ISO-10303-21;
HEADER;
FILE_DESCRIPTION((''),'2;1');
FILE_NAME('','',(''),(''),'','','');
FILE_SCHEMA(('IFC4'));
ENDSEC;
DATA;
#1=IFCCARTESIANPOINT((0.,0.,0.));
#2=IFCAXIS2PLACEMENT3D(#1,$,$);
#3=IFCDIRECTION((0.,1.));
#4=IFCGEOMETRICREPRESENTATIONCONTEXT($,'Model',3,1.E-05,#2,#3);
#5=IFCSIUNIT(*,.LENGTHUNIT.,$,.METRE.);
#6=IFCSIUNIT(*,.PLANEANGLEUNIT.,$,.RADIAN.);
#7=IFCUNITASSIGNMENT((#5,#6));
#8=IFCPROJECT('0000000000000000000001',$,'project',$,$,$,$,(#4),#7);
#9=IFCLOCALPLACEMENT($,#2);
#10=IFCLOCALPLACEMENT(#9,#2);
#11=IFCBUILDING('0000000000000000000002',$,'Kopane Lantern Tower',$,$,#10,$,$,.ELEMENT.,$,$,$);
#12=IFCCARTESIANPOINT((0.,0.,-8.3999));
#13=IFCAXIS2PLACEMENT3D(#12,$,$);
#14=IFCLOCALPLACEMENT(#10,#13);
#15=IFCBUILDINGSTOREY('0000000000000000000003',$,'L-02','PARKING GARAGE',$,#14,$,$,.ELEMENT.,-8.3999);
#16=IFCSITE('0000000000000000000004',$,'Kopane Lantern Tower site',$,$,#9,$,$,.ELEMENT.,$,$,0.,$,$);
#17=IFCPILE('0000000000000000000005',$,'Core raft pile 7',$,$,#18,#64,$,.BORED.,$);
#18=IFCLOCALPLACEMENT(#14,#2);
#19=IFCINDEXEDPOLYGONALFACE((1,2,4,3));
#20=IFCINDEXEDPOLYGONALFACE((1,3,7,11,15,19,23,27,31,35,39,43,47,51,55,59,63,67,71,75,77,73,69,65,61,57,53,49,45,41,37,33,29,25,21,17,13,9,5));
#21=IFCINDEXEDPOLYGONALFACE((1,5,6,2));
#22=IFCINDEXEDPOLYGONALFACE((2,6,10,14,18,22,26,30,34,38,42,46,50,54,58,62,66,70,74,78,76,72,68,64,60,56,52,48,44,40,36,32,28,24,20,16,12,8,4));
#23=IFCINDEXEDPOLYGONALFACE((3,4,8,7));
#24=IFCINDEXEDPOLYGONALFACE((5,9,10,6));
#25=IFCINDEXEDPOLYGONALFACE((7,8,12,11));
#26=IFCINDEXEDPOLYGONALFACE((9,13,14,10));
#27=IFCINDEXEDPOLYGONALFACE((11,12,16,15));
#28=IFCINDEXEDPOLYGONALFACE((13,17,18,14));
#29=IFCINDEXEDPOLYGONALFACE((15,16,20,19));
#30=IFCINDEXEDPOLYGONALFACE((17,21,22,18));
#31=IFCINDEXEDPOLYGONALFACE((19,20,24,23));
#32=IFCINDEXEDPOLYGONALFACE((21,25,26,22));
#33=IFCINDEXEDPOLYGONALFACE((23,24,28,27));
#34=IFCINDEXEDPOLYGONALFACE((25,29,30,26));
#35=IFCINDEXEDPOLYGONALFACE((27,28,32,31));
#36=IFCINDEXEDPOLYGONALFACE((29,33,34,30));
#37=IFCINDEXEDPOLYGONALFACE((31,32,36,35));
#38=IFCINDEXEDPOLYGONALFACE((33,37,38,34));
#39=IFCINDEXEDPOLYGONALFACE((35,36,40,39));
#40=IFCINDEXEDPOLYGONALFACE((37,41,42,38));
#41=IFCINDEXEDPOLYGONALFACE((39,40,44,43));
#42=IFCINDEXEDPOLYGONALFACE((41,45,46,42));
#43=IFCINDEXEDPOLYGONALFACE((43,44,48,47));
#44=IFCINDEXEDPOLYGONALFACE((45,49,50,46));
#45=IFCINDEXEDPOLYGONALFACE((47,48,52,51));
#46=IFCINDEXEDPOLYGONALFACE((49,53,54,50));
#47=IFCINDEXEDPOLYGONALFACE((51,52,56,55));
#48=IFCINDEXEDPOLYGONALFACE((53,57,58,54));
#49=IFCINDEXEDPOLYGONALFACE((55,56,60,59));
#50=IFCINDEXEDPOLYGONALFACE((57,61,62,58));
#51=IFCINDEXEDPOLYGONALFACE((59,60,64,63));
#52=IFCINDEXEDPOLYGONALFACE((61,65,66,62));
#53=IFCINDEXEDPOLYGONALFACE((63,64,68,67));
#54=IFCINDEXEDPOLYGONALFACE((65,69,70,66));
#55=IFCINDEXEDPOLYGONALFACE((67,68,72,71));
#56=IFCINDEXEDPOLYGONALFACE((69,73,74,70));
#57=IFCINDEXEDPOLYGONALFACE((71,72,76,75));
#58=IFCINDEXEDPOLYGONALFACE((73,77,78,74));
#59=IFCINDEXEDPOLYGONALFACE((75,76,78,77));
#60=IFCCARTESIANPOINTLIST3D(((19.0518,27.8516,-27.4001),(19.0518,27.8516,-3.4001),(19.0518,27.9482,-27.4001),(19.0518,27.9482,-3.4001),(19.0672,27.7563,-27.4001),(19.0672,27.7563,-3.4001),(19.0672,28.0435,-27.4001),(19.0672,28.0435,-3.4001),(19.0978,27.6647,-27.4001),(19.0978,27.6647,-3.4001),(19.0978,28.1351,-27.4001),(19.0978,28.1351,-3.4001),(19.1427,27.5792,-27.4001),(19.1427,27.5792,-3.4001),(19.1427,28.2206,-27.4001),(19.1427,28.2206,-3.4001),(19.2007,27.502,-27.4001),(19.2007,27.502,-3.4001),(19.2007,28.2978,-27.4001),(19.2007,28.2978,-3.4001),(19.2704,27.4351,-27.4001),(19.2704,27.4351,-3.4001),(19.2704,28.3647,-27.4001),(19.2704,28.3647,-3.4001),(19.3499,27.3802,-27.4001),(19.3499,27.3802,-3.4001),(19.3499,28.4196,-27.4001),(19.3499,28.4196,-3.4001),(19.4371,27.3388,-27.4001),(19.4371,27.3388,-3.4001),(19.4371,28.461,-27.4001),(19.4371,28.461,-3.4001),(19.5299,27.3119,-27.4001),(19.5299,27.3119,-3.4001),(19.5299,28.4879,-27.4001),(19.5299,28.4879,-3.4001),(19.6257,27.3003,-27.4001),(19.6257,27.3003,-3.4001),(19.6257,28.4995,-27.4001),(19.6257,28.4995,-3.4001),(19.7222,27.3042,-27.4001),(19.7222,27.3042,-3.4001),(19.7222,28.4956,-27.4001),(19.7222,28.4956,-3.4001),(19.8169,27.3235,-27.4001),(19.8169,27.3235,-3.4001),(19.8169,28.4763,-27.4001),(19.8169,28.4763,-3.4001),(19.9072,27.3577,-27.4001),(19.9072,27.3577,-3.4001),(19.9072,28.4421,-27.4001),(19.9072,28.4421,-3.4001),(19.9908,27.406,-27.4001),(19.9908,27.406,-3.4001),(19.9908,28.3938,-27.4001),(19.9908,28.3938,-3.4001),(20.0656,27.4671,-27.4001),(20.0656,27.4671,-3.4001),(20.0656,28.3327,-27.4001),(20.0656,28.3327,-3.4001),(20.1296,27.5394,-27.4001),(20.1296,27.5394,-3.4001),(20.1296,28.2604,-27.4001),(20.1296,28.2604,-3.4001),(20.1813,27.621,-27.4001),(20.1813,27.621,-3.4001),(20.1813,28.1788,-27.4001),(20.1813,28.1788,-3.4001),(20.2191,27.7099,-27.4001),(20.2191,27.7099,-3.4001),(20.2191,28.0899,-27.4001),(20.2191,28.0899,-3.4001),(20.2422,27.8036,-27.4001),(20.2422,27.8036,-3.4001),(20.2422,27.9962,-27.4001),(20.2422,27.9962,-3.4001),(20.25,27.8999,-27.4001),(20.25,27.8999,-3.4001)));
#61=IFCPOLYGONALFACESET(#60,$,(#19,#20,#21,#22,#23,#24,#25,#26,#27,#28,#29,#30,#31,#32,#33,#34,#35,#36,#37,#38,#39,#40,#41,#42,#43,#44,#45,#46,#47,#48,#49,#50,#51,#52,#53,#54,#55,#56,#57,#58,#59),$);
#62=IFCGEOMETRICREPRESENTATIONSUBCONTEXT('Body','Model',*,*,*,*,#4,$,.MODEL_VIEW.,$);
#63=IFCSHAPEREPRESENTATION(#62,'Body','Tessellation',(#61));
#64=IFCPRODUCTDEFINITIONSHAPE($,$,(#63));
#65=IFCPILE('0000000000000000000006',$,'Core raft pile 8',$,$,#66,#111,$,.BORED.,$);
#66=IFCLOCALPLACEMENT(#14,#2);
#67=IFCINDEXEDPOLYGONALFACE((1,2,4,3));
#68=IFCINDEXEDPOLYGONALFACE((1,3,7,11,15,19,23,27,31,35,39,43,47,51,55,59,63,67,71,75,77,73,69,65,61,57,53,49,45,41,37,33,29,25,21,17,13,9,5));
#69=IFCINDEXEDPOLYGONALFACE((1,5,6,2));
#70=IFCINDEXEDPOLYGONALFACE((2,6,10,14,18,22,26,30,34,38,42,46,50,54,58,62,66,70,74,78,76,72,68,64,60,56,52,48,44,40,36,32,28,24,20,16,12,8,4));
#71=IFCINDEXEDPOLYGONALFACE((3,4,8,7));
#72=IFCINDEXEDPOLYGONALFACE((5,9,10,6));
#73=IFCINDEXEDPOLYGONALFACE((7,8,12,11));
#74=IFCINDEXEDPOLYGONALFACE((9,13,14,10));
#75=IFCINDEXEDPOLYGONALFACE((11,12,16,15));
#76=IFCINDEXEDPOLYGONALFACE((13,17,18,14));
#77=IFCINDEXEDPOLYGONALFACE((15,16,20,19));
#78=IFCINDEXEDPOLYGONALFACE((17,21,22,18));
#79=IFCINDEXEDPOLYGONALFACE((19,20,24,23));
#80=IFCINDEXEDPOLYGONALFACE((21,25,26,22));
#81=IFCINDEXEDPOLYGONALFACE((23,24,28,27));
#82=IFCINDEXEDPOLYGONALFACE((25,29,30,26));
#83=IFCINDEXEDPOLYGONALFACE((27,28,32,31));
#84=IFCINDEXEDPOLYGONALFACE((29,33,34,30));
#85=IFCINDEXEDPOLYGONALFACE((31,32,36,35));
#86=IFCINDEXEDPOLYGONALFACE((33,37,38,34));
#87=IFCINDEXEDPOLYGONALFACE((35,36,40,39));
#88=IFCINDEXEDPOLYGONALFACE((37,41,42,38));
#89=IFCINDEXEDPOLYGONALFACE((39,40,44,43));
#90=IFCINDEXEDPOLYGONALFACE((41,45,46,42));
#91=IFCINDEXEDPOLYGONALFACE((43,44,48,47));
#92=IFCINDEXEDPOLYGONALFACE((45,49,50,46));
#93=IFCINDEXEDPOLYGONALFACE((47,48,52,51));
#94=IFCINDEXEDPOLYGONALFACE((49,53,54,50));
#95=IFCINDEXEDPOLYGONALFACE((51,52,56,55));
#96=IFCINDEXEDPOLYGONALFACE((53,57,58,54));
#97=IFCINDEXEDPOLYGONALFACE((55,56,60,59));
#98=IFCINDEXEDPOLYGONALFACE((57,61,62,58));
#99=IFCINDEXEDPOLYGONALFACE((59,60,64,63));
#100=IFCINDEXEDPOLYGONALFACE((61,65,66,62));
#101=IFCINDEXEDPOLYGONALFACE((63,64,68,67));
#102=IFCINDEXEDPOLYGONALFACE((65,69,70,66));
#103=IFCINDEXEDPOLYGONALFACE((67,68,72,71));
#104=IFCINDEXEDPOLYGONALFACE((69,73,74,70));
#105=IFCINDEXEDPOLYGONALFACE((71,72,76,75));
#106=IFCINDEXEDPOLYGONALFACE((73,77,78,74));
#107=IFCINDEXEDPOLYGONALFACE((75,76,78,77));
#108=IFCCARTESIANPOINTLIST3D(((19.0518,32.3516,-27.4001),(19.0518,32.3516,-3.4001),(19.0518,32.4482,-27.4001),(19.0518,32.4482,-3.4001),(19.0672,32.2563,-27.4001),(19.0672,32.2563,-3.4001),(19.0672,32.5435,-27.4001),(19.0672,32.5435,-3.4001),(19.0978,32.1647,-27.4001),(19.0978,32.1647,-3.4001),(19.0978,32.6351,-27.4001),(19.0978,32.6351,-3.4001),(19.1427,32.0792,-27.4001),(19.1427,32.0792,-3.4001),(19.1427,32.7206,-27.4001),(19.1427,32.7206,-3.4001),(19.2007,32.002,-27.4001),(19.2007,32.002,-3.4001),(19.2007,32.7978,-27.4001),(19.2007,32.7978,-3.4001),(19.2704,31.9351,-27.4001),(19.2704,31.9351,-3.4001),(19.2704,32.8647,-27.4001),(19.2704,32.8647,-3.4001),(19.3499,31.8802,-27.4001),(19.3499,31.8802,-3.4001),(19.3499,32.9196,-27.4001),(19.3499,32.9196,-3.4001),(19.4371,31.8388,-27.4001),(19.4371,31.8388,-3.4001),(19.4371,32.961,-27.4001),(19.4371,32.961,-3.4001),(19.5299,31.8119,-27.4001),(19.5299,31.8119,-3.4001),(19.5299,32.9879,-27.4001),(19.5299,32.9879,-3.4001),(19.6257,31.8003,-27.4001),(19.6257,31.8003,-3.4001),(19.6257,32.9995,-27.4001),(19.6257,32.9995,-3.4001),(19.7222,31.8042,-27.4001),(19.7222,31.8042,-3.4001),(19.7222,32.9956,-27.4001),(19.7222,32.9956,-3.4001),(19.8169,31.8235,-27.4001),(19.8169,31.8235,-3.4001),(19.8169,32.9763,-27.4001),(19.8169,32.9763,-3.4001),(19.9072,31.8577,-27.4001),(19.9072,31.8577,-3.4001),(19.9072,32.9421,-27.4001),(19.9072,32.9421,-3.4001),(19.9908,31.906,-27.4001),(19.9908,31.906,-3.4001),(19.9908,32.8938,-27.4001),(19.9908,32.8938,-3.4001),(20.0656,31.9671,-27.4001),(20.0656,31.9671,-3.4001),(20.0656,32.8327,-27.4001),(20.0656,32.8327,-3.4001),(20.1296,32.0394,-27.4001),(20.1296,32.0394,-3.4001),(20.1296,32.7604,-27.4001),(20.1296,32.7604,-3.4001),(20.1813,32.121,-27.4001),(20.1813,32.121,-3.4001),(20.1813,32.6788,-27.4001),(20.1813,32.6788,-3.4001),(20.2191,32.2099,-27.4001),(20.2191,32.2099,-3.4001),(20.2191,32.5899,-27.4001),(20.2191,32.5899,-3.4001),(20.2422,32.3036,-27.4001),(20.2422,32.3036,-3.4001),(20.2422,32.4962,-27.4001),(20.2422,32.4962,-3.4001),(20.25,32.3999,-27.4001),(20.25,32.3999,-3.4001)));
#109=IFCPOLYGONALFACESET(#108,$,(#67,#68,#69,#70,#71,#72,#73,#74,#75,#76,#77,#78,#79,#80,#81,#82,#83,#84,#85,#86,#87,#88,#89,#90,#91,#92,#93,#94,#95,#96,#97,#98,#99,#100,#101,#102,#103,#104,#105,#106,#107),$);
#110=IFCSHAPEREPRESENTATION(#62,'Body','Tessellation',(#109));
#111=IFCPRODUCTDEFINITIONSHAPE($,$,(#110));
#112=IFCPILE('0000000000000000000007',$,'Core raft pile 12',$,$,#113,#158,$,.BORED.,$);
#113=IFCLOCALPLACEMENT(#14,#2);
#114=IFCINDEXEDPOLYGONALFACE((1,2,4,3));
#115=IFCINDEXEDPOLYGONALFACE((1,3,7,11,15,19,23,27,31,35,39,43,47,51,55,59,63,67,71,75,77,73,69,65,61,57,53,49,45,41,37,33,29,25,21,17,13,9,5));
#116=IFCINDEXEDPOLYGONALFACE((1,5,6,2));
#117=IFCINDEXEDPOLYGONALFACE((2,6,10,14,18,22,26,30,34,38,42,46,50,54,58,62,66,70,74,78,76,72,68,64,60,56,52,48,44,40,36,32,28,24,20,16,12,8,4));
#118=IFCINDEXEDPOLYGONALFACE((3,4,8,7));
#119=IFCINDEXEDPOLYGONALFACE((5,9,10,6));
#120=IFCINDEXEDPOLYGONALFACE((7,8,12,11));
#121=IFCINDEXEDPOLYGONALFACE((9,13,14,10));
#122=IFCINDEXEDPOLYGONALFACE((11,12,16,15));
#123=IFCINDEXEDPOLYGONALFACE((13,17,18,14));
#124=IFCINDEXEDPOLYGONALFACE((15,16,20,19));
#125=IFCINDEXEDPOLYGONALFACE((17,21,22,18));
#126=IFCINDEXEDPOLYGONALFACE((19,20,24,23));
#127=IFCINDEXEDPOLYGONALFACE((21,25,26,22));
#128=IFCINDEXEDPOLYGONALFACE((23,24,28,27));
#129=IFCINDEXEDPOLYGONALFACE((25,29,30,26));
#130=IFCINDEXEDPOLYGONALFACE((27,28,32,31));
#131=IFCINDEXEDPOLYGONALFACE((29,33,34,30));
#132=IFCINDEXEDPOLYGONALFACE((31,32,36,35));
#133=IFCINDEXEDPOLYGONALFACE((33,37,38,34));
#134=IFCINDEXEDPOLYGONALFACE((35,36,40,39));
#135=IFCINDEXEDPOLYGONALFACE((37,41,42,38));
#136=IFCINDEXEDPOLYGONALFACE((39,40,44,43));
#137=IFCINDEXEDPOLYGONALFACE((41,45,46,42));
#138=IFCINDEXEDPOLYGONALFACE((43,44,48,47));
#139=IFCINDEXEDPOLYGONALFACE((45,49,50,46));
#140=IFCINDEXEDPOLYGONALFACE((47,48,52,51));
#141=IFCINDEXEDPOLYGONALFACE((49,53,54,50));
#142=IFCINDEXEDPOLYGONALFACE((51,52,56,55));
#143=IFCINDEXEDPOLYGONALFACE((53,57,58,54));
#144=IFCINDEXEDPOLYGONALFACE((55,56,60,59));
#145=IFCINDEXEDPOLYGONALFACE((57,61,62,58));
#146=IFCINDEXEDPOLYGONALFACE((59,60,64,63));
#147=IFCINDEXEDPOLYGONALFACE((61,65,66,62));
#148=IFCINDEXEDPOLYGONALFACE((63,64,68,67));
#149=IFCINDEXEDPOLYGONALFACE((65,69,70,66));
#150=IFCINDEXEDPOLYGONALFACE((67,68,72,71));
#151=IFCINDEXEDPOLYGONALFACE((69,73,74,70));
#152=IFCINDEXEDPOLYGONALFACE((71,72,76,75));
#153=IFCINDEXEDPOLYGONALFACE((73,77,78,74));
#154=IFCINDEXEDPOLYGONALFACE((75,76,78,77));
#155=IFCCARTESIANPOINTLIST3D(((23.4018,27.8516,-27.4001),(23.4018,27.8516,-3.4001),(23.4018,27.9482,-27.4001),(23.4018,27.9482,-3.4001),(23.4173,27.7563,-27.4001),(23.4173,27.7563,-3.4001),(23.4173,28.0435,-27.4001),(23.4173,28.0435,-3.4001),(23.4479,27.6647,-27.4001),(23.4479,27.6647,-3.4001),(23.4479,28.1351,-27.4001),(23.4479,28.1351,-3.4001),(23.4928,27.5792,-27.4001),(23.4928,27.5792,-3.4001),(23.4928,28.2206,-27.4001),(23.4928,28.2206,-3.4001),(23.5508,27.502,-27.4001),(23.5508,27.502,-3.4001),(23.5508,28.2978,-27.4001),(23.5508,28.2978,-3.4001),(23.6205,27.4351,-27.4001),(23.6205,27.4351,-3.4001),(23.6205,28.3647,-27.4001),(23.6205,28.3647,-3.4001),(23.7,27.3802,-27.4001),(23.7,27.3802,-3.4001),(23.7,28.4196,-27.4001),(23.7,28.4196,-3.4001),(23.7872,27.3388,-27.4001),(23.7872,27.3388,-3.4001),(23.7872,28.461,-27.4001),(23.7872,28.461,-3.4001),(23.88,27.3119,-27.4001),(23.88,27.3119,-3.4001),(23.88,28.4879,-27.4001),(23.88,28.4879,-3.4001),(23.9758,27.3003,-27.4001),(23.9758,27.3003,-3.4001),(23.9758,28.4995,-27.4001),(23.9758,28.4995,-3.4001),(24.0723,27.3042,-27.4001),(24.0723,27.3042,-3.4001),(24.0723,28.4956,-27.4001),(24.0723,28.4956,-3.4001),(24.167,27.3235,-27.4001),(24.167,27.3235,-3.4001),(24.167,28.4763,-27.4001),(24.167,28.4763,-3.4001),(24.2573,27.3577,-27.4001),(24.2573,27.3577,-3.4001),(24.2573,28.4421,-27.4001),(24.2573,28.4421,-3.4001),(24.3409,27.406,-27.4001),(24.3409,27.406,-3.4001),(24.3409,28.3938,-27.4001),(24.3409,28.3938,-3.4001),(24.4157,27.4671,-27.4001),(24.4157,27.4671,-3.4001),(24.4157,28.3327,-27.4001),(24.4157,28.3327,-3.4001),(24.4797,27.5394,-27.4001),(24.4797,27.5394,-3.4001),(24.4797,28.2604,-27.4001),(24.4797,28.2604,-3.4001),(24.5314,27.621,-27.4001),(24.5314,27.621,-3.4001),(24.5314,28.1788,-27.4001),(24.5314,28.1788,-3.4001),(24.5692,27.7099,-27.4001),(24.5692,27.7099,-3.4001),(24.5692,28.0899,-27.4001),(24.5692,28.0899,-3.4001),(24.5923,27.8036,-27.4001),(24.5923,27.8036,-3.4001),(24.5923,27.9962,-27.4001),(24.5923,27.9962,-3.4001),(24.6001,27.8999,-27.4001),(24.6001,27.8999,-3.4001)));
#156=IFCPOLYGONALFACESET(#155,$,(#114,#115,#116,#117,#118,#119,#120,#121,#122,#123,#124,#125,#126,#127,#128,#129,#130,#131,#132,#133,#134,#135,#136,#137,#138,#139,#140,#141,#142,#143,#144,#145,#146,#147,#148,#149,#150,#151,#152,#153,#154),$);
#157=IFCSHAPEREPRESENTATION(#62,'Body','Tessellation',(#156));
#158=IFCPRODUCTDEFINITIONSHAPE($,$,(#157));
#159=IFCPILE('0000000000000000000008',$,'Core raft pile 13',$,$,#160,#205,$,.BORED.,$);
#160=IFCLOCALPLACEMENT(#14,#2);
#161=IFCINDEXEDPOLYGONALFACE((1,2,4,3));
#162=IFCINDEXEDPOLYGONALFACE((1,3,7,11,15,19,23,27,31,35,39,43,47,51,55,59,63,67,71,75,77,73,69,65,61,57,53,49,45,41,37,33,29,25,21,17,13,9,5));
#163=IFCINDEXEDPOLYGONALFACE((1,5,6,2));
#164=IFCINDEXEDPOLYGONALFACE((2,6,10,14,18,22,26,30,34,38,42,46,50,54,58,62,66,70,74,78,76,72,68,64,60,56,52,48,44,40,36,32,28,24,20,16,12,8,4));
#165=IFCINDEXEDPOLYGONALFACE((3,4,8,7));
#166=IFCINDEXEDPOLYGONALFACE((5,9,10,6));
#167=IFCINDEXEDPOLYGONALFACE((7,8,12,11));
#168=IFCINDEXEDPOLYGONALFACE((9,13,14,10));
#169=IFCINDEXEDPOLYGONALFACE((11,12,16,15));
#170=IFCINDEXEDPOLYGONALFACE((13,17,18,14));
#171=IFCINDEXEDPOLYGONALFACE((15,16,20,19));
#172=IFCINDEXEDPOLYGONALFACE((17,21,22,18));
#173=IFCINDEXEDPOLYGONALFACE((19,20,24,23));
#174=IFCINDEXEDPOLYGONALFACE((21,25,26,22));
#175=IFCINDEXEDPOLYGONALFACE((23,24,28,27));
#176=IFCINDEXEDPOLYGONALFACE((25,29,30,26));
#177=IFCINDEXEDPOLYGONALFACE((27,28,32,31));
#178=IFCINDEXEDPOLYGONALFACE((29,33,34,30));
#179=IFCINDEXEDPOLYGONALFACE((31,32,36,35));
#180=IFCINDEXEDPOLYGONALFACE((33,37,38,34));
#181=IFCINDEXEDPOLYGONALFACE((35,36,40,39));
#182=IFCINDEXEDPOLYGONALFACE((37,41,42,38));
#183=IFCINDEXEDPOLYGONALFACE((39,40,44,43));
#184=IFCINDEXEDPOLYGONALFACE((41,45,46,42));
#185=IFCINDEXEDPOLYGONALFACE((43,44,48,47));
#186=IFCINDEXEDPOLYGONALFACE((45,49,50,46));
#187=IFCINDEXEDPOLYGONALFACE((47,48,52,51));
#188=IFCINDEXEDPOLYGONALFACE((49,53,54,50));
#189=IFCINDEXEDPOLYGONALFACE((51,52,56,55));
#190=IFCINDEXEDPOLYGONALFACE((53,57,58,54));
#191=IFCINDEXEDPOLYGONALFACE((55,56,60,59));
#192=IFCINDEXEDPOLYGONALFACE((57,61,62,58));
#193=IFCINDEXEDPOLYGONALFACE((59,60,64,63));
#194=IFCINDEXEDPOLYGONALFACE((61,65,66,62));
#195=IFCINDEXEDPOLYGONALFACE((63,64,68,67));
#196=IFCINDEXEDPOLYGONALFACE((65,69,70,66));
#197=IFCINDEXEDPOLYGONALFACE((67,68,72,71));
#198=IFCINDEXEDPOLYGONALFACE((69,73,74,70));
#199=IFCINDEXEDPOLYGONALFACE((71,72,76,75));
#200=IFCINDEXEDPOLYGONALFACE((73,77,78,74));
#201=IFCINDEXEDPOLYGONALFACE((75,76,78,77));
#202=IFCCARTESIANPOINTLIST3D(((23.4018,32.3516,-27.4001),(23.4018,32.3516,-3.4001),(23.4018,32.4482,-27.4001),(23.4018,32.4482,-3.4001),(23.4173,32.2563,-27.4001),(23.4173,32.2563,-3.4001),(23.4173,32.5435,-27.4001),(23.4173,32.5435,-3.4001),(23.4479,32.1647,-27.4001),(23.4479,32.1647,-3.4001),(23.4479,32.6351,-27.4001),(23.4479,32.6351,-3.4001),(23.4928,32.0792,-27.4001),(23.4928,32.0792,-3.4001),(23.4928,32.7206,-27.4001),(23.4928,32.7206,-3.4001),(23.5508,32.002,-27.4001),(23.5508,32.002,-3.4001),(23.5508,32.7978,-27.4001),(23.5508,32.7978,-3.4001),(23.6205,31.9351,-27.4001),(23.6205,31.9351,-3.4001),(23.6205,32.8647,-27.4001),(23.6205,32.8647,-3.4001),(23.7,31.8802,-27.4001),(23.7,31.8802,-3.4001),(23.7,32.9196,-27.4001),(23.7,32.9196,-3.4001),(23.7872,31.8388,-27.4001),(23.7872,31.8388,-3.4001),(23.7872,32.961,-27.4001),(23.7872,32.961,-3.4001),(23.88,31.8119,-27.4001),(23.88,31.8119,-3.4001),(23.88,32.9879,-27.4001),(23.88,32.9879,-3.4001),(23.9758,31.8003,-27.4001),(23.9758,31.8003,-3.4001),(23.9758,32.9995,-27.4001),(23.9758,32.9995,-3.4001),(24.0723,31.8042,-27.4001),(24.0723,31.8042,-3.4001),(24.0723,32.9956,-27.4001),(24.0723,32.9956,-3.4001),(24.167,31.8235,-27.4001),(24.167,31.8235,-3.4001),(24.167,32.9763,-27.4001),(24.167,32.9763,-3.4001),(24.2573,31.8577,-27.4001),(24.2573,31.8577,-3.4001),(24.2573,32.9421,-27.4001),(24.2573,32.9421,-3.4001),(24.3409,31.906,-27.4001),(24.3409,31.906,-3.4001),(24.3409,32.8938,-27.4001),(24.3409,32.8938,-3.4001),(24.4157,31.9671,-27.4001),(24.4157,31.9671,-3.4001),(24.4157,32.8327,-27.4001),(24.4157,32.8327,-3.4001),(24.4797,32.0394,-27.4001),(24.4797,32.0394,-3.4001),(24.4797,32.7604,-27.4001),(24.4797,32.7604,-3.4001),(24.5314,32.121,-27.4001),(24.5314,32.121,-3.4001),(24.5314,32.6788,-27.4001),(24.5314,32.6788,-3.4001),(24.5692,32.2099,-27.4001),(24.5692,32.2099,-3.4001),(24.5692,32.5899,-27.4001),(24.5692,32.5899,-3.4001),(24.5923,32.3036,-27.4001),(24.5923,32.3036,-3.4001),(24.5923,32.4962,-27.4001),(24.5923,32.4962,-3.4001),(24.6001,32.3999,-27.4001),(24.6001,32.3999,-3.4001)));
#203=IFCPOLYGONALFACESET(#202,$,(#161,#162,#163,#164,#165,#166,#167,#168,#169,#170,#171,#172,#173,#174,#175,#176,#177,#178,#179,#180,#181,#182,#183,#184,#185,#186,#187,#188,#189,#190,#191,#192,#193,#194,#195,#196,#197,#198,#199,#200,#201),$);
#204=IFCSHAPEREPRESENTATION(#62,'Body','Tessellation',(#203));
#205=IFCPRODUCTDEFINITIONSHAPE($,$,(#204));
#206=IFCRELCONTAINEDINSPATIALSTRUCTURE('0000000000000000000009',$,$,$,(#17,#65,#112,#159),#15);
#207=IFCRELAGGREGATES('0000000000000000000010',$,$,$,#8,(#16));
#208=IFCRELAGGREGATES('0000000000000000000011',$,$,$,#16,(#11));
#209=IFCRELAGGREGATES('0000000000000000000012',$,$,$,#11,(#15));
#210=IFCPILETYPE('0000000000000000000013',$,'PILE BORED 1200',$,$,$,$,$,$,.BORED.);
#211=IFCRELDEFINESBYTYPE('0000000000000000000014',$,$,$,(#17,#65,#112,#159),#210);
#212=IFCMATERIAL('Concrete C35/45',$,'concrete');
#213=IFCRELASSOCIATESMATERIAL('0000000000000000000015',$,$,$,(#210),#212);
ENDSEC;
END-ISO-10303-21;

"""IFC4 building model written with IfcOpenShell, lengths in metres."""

from ifc_helpers import new_model, si_unit, direction, frame, origin, origin_2d, place, context, subcontext, project, spatial, circle, extrude, material, material_profile, profile_set, type_object, element, save


model = new_model("IFC4")

# Units and contexts
model_context = context("Model", 3, precision=1e-05, world=origin(), true_north=direction((0.0, 1.0)))
body_context = subcontext(model_context, "Body", "Model", "MODEL_VIEW")
ifc_project = project(units=[si_unit("LENGTHUNIT", "METRE"), si_unit("PLANEANGLEUNIT", "RADIAN")], contexts=[model_context])

# Site, building, storey
site_placement = place(None, origin())
site = spatial("IfcSite", under=ifc_project, at=site_placement, Name="Kopane Lantern Tower site", CompositionType="ELEMENT", RefElevation=0.0)
building_placement = place(site_placement, origin())
building = spatial("IfcBuilding", under=site, at=building_placement, Name="Kopane Lantern Tower", CompositionType="ELEMENT")
storey_placement = place(building_placement, frame((0.0, 0.0, -8.3999)))
storey = spatial("IfcBuildingStorey", under=building, at=storey_placement, Name="L-02", Description="PARKING GARAGE", CompositionType="ELEMENT", Elevation=-8.3999)

# Piles
ifc_material_1 = material(Name="Concrete C35/45", Category="concrete")
ifc_material_profile_1 = material_profile(ifc_material_1, circle(Radius=0.6001, at=origin_2d()), Name="D1200")
ifc_profile_set_1 = profile_set([ifc_material_profile_1], Name="Concrete C35/45")
pile_type = type_object("IfcPileType", Name="PILE BORED 1200", PredefinedType="BORED", material=ifc_profile_set_1)
for number, where, z_axis, x_axis, name in (
    (1, (19.6499, 27.8999, -3.4001), (0.0, 0.0, -1.0), (1.0, 0.0, 0.0), "Core raft pile 7"),
    (2, (19.6499, 32.3999, -3.4001), (0.0, 0.0, -1.0), (1.0, 0.0, 0.0), "Core raft pile 8"),
    (3, (24.0, 27.8999, -3.4001), (0.0, 0.0, -1.0), (1.0, 0.0, 0.0), "Core raft pile 12"),
    (4, (24.0, 32.3999, -3.4001), (0.0, 0.0, -1.0), (1.0, 0.0, 0.0), "Core raft pile 13"),
):
    element("IfcPile", number, at=place(storey_placement, frame(where, z_axis=z_axis, x_axis=x_axis)), inside=storey, type_object=pile_type, Name=name, PredefinedType="BORED", context=body_context, shape_type="SweptSolid", body=[
        extrude(circle(Radius=0.6001, at=origin_2d()), origin(), (0.0, 0.0, 1.0), 24.0),
    ])

save(model, "model.ifc")
